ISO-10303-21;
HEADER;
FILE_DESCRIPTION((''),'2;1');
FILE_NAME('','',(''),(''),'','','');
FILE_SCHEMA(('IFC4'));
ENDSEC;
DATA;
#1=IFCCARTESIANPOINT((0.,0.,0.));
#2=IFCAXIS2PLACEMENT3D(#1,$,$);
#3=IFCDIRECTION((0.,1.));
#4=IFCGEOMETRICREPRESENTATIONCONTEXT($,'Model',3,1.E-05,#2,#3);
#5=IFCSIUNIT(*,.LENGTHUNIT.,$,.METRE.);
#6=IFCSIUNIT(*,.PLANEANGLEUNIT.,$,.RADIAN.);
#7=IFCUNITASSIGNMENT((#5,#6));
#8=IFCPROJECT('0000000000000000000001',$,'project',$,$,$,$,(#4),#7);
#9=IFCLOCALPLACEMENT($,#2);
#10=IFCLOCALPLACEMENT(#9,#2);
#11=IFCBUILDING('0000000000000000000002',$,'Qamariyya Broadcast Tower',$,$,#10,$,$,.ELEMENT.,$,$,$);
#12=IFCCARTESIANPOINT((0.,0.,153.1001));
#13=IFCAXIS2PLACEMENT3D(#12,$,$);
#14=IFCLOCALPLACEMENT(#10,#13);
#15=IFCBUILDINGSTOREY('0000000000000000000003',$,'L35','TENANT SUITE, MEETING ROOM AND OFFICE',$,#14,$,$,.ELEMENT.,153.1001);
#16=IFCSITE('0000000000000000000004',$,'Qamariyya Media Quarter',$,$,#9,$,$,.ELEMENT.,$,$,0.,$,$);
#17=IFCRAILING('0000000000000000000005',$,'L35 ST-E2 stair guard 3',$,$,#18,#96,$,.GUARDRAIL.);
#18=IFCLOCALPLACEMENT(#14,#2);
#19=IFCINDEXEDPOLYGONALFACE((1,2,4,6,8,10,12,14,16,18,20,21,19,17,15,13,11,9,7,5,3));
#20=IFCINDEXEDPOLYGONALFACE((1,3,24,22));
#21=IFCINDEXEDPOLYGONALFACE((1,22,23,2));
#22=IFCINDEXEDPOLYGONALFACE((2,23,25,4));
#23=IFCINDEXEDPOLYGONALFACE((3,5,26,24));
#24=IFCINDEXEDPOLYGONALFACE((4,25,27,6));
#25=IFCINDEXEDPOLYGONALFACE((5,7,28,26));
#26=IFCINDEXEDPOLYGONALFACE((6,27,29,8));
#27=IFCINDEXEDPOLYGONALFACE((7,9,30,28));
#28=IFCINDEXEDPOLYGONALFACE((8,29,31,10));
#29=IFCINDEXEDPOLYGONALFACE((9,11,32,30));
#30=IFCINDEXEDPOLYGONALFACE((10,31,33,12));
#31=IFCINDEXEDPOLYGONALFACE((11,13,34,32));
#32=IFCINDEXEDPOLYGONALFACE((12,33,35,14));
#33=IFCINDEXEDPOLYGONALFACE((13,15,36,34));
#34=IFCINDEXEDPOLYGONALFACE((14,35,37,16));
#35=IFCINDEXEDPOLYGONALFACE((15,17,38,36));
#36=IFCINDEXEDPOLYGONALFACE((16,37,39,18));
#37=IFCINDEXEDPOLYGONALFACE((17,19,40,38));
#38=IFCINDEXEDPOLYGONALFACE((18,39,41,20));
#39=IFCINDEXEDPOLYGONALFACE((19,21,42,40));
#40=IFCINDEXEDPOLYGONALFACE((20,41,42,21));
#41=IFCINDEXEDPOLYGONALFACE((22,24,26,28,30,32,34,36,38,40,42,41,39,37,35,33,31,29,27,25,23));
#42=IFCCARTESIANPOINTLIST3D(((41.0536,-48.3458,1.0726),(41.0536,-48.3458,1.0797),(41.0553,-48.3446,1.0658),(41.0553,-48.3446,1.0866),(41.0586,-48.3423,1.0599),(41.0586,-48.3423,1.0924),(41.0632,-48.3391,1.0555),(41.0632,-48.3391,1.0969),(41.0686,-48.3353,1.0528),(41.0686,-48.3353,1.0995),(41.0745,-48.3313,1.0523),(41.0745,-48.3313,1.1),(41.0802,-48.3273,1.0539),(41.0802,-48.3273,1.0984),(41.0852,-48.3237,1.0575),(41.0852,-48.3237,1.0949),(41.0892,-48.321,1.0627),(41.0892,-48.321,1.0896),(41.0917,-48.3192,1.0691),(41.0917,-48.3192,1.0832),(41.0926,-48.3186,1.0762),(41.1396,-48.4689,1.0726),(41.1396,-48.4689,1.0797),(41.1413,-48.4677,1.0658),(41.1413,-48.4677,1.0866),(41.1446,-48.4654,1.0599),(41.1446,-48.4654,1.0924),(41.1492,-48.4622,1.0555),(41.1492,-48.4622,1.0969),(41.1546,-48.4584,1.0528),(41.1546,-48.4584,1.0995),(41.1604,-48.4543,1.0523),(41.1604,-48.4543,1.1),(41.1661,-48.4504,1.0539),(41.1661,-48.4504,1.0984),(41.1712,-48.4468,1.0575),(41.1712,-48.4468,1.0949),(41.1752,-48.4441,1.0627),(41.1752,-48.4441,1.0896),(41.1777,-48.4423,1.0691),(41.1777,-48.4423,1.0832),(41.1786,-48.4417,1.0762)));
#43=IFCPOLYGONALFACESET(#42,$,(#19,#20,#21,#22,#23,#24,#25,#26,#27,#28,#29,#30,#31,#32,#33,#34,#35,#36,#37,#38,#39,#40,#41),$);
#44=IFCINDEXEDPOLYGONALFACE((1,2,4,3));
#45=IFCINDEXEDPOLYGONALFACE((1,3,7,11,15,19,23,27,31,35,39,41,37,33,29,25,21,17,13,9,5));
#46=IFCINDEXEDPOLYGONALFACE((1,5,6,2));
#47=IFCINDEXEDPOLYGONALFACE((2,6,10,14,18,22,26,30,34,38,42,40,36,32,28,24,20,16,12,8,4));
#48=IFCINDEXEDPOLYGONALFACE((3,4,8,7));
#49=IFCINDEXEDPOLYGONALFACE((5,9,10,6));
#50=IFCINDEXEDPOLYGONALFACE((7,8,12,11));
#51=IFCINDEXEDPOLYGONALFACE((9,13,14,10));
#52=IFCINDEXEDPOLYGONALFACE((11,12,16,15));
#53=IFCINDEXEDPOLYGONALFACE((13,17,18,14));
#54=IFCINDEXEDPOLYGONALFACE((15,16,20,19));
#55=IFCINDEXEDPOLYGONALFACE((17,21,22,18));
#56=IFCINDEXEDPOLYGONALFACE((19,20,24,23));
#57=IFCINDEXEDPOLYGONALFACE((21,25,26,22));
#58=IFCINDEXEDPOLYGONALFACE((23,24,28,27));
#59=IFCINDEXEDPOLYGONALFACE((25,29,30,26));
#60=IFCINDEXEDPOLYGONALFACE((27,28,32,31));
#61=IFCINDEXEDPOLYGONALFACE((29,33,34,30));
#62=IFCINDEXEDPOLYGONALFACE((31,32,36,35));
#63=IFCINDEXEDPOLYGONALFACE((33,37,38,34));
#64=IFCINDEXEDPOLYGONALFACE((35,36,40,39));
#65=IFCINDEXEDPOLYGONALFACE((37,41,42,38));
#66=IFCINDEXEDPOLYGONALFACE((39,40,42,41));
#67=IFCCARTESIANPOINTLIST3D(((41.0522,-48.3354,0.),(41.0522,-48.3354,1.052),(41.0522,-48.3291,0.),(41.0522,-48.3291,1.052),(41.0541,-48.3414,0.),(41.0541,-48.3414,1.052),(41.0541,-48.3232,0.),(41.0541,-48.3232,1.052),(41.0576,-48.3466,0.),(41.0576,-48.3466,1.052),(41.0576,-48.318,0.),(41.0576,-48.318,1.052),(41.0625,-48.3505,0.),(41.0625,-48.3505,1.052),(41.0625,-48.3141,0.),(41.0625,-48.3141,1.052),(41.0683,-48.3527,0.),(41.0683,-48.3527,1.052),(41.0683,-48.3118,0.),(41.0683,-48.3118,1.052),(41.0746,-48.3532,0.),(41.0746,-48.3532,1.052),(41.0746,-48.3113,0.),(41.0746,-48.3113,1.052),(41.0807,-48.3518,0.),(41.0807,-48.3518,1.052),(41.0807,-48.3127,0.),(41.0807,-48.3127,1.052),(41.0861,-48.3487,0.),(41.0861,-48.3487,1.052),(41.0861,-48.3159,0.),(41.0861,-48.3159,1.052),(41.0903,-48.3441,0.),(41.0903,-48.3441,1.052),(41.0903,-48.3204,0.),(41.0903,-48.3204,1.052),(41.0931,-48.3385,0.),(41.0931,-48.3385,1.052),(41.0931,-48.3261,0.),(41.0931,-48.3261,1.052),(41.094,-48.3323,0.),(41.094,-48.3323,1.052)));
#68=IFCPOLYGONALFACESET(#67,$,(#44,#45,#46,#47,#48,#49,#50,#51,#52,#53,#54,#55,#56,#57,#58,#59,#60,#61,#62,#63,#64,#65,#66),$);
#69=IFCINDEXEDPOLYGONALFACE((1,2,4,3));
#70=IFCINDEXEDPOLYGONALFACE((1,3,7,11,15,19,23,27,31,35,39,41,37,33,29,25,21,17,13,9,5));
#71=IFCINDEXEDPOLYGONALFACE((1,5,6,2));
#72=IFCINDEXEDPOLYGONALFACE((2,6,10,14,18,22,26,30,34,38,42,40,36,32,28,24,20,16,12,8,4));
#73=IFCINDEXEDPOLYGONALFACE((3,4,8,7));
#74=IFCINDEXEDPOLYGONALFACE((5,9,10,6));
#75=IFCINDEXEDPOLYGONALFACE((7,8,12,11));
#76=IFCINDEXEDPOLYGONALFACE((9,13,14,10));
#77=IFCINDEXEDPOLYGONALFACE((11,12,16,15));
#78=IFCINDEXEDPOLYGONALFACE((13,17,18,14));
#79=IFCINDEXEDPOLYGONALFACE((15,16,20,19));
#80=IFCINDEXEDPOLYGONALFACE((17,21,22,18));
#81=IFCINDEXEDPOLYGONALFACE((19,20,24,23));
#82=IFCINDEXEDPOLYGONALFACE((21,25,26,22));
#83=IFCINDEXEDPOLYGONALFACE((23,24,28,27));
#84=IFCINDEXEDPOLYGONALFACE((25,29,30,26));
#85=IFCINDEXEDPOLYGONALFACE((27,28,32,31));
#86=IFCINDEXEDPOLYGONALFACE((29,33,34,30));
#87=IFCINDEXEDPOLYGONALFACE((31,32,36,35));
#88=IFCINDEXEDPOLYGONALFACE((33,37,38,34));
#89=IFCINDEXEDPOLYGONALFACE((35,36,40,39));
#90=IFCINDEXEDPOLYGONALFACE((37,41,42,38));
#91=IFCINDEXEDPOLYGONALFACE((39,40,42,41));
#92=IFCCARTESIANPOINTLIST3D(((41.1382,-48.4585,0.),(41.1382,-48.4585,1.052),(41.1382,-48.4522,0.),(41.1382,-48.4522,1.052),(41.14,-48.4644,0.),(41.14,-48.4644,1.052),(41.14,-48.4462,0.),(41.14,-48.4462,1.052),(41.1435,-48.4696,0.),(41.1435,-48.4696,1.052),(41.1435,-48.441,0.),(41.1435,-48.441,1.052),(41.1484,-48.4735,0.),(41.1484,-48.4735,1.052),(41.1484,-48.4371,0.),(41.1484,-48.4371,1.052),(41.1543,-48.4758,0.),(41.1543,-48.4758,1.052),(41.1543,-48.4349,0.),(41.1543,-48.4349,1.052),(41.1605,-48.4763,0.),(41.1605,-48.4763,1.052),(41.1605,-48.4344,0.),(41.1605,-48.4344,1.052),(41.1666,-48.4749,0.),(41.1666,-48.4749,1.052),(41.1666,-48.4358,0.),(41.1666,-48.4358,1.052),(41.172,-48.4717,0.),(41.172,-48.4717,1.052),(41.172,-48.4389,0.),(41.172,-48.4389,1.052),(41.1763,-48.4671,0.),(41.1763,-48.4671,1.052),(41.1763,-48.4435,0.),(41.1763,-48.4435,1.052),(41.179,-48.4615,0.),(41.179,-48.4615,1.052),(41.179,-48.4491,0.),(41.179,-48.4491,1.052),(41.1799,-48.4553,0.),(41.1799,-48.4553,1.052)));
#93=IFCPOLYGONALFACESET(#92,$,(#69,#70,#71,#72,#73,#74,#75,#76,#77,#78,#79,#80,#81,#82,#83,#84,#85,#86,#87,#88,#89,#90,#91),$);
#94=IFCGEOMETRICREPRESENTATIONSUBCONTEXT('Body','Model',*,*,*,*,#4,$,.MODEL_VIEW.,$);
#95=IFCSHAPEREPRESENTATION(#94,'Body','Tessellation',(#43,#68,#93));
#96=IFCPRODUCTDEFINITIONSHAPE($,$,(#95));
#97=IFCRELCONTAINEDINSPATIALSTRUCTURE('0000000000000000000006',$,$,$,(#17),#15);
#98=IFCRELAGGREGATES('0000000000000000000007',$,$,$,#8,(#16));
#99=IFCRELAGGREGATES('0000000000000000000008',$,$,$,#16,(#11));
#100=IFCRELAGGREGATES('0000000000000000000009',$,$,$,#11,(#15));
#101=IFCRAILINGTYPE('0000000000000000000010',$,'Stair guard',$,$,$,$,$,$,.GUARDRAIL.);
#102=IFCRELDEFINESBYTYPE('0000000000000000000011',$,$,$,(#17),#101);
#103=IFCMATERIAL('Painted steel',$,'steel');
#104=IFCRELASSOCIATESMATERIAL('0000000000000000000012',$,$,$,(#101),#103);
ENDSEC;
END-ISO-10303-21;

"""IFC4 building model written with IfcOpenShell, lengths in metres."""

from ifc_helpers import new_model, si_unit, direction, frame, origin, origin_2d, place, context, subcontext, project, spatial, circle, extrude, material, type_object, element, save


model = new_model("IFC4")

# Units and contexts
model_context = context("Model", 3, precision=1e-05, world=origin(), true_north=direction((0.0, 1.0)))
body_context = subcontext(model_context, "Body", "Model", "MODEL_VIEW")
ifc_project = project(units=[si_unit("LENGTHUNIT", "METRE"), si_unit("PLANEANGLEUNIT", "RADIAN")], contexts=[model_context])

# Site, building, storey
site_placement = place(None, origin())
site = spatial("IfcSite", under=ifc_project, at=site_placement, Name="Qamariyya Media Quarter", CompositionType="ELEMENT", RefElevation=0.0)
building_placement = place(site_placement, origin())
building = spatial("IfcBuilding", under=site, at=building_placement, Name="Qamariyya Broadcast Tower", CompositionType="ELEMENT")
storey_placement = place(building_placement, frame((0.0, 0.0, 153.1001)))
storey = spatial("IfcBuildingStorey", under=building, at=storey_placement, Name="L35", Description="TENANT SUITE, MEETING ROOM AND OFFICE", CompositionType="ELEMENT", Elevation=153.1001)

# Railing
ifc_material_1 = material(Name="Painted steel", Category="steel")
railing_type_1 = type_object("IfcRailingType", Name="Stair guard", PredefinedType="GUARDRAIL", material=ifc_material_1)
railing_1_placement = place(storey_placement, frame((41.073, -48.3323, 0.0)))
element("IfcRailing", 1, at=railing_1_placement, inside=storey, type_object=railing_type_1, Name="L35 ST-E2 stair guard 3", PredefinedType="GUARDRAIL", context=body_context, shape_type="SweptSolid", body=[
    extrude(circle(Radius=0.0239, at=origin_2d()), frame((0.0, 0.0, 1.0762), z_axis=(0.572589, -0.819843, 0.0), x_axis=(0.819843, 0.572589, 0.0)), (0.0, 0.0, 1.0), 0.1501),
    extrude(circle(Radius=0.021, at=origin_2d()), origin(), (0.0, 0.0, 1.0), 1.052),
    extrude(circle(Radius=0.021, at=origin_2d()), frame((0.0859, -0.123, 0.0)), (0.0, 0.0, 1.0), 1.052),
])

save(model, "model.ifc")
